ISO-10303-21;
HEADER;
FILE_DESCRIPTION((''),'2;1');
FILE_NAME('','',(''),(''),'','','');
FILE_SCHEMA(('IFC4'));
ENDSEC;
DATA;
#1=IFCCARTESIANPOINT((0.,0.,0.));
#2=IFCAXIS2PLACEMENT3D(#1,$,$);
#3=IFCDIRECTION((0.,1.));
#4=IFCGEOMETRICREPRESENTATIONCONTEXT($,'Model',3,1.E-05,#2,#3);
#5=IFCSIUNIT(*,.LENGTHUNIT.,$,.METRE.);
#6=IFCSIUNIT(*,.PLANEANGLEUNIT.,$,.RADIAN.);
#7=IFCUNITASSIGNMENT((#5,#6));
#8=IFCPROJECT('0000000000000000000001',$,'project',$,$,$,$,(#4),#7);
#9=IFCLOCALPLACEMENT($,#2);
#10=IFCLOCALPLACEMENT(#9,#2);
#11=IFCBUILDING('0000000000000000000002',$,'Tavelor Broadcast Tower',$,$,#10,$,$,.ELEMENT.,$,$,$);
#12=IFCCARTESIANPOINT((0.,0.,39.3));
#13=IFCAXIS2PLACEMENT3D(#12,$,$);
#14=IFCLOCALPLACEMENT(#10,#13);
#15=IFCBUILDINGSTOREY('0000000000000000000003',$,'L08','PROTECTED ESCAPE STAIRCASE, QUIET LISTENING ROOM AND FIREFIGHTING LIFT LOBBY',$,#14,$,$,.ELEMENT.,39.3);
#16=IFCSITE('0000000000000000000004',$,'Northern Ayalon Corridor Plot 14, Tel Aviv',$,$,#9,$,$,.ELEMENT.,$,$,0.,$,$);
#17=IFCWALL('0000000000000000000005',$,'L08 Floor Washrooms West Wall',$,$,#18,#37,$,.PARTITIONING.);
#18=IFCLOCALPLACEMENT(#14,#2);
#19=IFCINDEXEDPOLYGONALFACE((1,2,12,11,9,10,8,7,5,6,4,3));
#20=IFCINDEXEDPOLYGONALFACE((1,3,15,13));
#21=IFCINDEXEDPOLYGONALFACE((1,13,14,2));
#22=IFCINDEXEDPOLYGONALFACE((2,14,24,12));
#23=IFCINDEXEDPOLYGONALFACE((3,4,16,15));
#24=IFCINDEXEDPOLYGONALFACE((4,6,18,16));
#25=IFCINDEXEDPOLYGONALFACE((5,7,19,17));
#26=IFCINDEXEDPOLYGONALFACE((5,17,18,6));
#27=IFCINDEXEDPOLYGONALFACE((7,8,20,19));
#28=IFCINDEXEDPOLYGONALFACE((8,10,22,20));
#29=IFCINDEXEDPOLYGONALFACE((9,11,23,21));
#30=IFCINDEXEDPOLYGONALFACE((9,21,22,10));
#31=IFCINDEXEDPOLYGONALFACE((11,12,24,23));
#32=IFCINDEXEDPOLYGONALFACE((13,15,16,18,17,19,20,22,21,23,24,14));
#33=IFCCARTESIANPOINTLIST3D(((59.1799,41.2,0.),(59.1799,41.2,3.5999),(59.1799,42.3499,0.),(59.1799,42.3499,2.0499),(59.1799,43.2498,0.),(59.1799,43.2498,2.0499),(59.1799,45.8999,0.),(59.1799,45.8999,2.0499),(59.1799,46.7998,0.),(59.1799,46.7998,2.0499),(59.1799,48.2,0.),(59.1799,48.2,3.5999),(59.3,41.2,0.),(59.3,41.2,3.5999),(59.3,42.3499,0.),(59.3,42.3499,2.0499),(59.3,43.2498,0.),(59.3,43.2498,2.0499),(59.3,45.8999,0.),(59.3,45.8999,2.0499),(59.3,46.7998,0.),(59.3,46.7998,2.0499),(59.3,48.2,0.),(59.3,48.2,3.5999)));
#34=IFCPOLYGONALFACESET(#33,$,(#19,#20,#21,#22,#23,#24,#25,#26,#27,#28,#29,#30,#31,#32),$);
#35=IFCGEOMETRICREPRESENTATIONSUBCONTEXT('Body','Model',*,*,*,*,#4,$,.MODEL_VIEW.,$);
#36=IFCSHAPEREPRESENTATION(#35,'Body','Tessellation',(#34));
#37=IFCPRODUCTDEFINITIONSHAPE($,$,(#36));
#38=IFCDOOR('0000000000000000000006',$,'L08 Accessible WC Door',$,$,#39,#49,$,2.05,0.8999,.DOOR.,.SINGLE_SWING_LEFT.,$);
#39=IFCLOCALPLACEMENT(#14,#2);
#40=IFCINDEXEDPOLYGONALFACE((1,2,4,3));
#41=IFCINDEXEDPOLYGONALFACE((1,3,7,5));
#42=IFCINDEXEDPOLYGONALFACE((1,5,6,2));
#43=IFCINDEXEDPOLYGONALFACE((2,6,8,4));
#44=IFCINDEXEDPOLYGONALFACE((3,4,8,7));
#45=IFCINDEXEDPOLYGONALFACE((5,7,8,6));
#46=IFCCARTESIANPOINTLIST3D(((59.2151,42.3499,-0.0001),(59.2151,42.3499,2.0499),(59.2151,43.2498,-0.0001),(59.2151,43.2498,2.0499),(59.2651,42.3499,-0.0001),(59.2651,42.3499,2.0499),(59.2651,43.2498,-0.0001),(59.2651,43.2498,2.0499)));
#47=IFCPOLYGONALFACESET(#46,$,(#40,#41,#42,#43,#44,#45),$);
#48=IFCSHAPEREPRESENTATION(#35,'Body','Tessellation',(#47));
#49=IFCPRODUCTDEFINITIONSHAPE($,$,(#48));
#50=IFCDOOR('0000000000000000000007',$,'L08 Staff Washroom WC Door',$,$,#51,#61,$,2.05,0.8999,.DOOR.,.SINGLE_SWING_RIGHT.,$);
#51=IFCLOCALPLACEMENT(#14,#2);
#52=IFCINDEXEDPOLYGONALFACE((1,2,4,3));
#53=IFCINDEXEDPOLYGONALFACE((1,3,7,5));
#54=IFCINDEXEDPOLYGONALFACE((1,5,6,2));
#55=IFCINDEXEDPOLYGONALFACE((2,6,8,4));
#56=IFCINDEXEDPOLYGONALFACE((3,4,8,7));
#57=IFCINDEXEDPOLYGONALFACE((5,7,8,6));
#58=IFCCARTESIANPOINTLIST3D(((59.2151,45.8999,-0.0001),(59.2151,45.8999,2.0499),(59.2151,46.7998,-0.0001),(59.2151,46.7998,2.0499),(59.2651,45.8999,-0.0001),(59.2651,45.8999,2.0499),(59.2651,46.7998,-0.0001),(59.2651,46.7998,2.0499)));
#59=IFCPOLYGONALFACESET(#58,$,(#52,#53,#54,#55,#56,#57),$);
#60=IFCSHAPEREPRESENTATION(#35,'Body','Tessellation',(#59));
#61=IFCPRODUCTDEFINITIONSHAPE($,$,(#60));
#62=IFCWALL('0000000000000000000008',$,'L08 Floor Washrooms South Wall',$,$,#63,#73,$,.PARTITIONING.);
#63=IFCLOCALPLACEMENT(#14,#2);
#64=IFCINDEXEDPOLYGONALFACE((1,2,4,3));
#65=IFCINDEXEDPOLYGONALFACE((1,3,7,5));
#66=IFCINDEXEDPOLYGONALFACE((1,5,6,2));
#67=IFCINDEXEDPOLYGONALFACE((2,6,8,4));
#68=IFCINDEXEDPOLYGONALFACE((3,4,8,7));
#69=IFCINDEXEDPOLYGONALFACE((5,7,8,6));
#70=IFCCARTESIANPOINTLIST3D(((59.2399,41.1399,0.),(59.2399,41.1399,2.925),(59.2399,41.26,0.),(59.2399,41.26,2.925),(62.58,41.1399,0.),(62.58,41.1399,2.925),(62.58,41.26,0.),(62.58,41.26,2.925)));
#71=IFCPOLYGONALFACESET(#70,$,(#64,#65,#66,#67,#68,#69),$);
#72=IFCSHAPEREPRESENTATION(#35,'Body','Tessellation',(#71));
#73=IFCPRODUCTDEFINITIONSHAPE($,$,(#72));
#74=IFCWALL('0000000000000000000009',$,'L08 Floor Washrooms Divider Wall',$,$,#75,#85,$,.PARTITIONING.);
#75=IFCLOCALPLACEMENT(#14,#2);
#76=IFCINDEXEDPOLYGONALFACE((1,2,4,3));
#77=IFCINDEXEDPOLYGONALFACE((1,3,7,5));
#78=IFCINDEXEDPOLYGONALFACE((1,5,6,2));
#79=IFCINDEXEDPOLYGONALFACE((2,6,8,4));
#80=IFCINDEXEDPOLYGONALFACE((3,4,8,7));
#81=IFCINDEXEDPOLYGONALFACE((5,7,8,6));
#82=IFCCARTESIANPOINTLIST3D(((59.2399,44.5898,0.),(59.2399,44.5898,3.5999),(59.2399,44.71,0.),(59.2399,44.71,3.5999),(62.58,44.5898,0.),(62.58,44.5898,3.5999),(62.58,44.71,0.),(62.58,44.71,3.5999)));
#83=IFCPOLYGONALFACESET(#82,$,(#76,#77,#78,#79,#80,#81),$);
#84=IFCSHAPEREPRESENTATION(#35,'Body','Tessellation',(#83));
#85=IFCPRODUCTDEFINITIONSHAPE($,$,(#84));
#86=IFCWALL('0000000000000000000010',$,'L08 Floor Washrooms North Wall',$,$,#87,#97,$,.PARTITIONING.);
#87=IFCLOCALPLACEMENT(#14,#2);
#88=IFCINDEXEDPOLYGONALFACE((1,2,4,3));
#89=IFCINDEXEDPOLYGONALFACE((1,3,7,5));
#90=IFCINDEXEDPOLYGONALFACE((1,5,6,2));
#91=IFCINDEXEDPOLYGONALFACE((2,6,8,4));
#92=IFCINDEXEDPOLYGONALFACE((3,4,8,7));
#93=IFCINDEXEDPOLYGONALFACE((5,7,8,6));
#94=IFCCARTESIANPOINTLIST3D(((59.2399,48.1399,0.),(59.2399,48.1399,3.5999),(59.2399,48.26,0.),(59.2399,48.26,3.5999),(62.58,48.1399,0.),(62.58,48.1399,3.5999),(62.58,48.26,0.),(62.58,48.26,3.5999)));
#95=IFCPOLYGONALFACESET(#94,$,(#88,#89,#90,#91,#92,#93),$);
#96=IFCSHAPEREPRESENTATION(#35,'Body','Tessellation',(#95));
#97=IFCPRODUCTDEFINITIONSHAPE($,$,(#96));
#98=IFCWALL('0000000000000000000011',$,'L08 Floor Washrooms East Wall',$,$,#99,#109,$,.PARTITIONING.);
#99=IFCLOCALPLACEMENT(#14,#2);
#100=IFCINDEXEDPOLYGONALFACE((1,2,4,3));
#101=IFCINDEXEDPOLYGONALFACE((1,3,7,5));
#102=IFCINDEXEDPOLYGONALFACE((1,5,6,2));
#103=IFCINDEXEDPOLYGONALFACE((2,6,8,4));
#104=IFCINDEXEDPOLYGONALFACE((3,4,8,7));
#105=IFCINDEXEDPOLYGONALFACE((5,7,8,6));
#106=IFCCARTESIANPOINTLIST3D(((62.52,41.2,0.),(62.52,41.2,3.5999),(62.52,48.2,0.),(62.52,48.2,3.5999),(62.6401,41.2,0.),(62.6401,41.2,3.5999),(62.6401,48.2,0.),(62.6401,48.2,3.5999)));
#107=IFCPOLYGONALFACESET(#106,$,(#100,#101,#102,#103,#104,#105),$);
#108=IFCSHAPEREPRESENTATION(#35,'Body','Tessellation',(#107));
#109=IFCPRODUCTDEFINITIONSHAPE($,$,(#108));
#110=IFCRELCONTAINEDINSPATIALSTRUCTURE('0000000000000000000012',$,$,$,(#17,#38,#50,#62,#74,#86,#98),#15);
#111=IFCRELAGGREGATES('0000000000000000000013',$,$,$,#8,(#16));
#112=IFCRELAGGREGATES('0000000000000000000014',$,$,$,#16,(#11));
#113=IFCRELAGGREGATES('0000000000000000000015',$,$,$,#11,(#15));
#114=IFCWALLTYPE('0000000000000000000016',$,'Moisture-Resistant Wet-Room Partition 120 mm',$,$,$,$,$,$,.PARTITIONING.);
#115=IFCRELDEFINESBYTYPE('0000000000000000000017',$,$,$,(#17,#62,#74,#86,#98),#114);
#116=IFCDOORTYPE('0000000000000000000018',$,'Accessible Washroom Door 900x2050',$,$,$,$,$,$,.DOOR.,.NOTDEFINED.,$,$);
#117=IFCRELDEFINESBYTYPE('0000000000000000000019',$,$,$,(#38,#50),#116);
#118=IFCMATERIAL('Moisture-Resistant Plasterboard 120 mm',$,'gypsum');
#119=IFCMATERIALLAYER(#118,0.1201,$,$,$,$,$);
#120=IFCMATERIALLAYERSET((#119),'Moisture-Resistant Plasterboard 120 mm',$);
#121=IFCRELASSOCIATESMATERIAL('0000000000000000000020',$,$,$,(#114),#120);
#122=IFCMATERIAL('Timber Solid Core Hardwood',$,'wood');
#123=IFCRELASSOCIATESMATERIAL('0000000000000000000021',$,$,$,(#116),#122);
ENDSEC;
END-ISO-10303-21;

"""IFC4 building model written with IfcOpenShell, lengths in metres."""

from ifc_helpers import new_model, si_unit, direction, frame, frame_2d, origin, place, context, subcontext, project, spatial, rectangle, extrude, material, layer, layer_set, type_object, element, fill, save


model = new_model("IFC4")

# Units and contexts
model_context = context("Model", 3, precision=1e-05, world=origin(), true_north=direction((0.0, 1.0)))
body_context = subcontext(model_context, "Body", "Model", "MODEL_VIEW")
ifc_project = project(units=[si_unit("LENGTHUNIT", "METRE"), si_unit("PLANEANGLEUNIT", "RADIAN")], contexts=[model_context])

# Site, building, storey
site_placement = place(None, origin())
site = spatial("IfcSite", under=ifc_project, at=site_placement, Name="Northern Ayalon Corridor Plot 14, Tel Aviv", CompositionType="ELEMENT", RefElevation=0.0)
building_placement = place(site_placement, origin())
building = spatial("IfcBuilding", under=site, at=building_placement, Name="Tavelor Broadcast Tower", CompositionType="ELEMENT")
storey_placement = place(building_placement, frame((0.0, 0.0, 39.3)))
storey = spatial("IfcBuildingStorey", under=building, at=storey_placement, Name="L08", Description="PROTECTED ESCAPE STAIRCASE, QUIET LISTENING ROOM AND FIREFIGHTING LIFT LOBBY", CompositionType="ELEMENT", Elevation=39.3)

# Shared definitions
ifc_material_1 = material(Name="Timber Solid Core Hardwood", Category="wood")

# Wall, openings, doors
ifc_material_2 = material(Name="Moisture-Resistant Plasterboard 120 mm", Category="gypsum")
ifc_layer_1 = layer(ifc_material_2, 0.1201)
ifc_layer_set_1 = layer_set([ifc_layer_1], Name="Moisture-Resistant Plasterboard 120 mm")
wall_type_1 = type_object("IfcWallType", Name="Moisture-Resistant Wet-Room Partition 120 mm", PredefinedType="PARTITIONING", material=ifc_layer_set_1)
wall_1_placement = place(storey_placement, frame((59.24, 41.2, 0.0), z_axis=(0.0, 0.0, 1.0), x_axis=(0.0, 1.0, 0.0)))
wall_1 = element("IfcWall", 1, at=wall_1_placement, inside=storey, type_object=wall_type_1, Name="L08 Floor Washrooms West Wall", PredefinedType="PARTITIONING", context=body_context, shape_type="SweptSolid", body=[
    extrude(rectangle(XDim=7.0, YDim=0.1201, at=frame_2d((3.5, 0.0))), origin(), (0.0, 0.0, 1.0), 3.5999),
])
opening_1_placement = place(wall_1_placement, frame((1.1499, 0.0, 0.0)))
opening_1 = element("IfcOpeningElement", 2, at=opening_1_placement, cuts=wall_1, PredefinedType="OPENING", context=body_context, shape_type="SweptSolid", body=[
    extrude(rectangle(XDim=0.8999, YDim=2.05, at=frame_2d((0.45, 1.0249))), frame((0.0, 0.0701, 0.0), z_axis=(0.0, -1.0, 0.0), x_axis=(1.0, 0.0, 0.0)), (0.0, 0.0, 1.0), 0.1401),
])
opening_2_placement = place(wall_1_placement, frame((4.7, 0.0, 0.0)))
opening_2 = element("IfcOpeningElement", 3, at=opening_2_placement, cuts=wall_1, PredefinedType="OPENING", context=body_context, shape_type="SweptSolid", body=[
    extrude(rectangle(XDim=0.8999, YDim=2.05, at=frame_2d((0.45, 1.0249))), frame((0.0, 0.0701, 0.0), z_axis=(0.0, -1.0, 0.0), x_axis=(1.0, 0.0, 0.0)), (0.0, 0.0, 1.0), 0.1401),
])
door_type_1 = type_object("IfcDoorType", Name="Accessible Washroom Door 900x2050", OperationType="NOTDEFINED", PredefinedType="DOOR", material=ifc_material_1)
door_1_placement = place(opening_1_placement, origin())
door_1 = element("IfcDoor", 4, at=door_1_placement, inside=storey, type_object=door_type_1, Name="L08 Accessible WC Door", OperationType="SINGLE_SWING_LEFT", OverallHeight=2.05, OverallWidth=0.8999, PredefinedType="DOOR", context=body_context, shape_type="SweptSolid", body=[
    extrude(rectangle(XDim=0.8999, YDim=2.05, at=frame_2d((0.45, 1.0249))), frame((0.0, 0.0249, 0.0), z_axis=(0.0, -1.0, 0.0), x_axis=(1.0, 0.0, 0.0)), (0.0, 0.0, 1.0), 0.05),
])
fill(opening_1, door_1)
door_2_placement = place(opening_2_placement, origin())
door_2 = element("IfcDoor", 5, at=door_2_placement, inside=storey, type_object=door_type_1, Name="L08 Staff Washroom WC Door", OperationType="SINGLE_SWING_RIGHT", OverallHeight=2.05, OverallWidth=0.8999, PredefinedType="DOOR", context=body_context, shape_type="SweptSolid", body=[
    extrude(rectangle(XDim=0.8999, YDim=2.05, at=frame_2d((0.45, 1.0249))), frame((0.0, 0.0249, 0.0), z_axis=(0.0, -1.0, 0.0), x_axis=(1.0, 0.0, 0.0)), (0.0, 0.0, 1.0), 0.05),
])
fill(opening_2, door_2)

# Walls
wall_2_placement = place(storey_placement, frame((59.24, 41.2, 0.0), z_axis=(0.0, 0.0, 1.0), x_axis=(1.0, 0.0, 0.0)))
element("IfcWall", 6, at=wall_2_placement, inside=storey, type_object=wall_type_1, Name="L08 Floor Washrooms South Wall", PredefinedType="PARTITIONING", context=body_context, shape_type="SweptSolid", body=[
    extrude(rectangle(XDim=3.3401, YDim=0.1201, at=frame_2d((1.6699, 0.0))), origin(), (0.0, 0.0, 1.0), 2.925),
])
for number, where, z_axis, x_axis, name in (
    (7, (59.24, 44.6499, 0.0), (0.0, 0.0, 1.0), (1.0, 0.0, 0.0), "L08 Floor Washrooms Divider Wall"),
    (8, (59.24, 48.2, 0.0), (0.0, 0.0, 1.0), (1.0, 0.0, 0.0), "L08 Floor Washrooms North Wall"),
):
    element("IfcWall", number, at=place(storey_placement, frame(where, z_axis=z_axis, x_axis=x_axis)), inside=storey, type_object=wall_type_1, Name=name, PredefinedType="PARTITIONING", context=body_context, shape_type="SweptSolid", body=[
        extrude(rectangle(XDim=3.3401, YDim=0.1201, at=frame_2d((1.6699, 0.0))), origin(), (0.0, 0.0, 1.0), 3.5999),
    ])
wall_3_placement = place(storey_placement, frame((62.5801, 41.2, 0.0), z_axis=(0.0, 0.0, 1.0), x_axis=(0.0, 1.0, 0.0)))
element("IfcWall", 9, at=wall_3_placement, inside=storey, type_object=wall_type_1, Name="L08 Floor Washrooms East Wall", PredefinedType="PARTITIONING", context=body_context, shape_type="SweptSolid", body=[
    extrude(rectangle(XDim=7.0, YDim=0.1201, at=frame_2d((3.5, 0.0))), origin(), (0.0, 0.0, 1.0), 3.5999),
])

save(model, "model.ifc")
